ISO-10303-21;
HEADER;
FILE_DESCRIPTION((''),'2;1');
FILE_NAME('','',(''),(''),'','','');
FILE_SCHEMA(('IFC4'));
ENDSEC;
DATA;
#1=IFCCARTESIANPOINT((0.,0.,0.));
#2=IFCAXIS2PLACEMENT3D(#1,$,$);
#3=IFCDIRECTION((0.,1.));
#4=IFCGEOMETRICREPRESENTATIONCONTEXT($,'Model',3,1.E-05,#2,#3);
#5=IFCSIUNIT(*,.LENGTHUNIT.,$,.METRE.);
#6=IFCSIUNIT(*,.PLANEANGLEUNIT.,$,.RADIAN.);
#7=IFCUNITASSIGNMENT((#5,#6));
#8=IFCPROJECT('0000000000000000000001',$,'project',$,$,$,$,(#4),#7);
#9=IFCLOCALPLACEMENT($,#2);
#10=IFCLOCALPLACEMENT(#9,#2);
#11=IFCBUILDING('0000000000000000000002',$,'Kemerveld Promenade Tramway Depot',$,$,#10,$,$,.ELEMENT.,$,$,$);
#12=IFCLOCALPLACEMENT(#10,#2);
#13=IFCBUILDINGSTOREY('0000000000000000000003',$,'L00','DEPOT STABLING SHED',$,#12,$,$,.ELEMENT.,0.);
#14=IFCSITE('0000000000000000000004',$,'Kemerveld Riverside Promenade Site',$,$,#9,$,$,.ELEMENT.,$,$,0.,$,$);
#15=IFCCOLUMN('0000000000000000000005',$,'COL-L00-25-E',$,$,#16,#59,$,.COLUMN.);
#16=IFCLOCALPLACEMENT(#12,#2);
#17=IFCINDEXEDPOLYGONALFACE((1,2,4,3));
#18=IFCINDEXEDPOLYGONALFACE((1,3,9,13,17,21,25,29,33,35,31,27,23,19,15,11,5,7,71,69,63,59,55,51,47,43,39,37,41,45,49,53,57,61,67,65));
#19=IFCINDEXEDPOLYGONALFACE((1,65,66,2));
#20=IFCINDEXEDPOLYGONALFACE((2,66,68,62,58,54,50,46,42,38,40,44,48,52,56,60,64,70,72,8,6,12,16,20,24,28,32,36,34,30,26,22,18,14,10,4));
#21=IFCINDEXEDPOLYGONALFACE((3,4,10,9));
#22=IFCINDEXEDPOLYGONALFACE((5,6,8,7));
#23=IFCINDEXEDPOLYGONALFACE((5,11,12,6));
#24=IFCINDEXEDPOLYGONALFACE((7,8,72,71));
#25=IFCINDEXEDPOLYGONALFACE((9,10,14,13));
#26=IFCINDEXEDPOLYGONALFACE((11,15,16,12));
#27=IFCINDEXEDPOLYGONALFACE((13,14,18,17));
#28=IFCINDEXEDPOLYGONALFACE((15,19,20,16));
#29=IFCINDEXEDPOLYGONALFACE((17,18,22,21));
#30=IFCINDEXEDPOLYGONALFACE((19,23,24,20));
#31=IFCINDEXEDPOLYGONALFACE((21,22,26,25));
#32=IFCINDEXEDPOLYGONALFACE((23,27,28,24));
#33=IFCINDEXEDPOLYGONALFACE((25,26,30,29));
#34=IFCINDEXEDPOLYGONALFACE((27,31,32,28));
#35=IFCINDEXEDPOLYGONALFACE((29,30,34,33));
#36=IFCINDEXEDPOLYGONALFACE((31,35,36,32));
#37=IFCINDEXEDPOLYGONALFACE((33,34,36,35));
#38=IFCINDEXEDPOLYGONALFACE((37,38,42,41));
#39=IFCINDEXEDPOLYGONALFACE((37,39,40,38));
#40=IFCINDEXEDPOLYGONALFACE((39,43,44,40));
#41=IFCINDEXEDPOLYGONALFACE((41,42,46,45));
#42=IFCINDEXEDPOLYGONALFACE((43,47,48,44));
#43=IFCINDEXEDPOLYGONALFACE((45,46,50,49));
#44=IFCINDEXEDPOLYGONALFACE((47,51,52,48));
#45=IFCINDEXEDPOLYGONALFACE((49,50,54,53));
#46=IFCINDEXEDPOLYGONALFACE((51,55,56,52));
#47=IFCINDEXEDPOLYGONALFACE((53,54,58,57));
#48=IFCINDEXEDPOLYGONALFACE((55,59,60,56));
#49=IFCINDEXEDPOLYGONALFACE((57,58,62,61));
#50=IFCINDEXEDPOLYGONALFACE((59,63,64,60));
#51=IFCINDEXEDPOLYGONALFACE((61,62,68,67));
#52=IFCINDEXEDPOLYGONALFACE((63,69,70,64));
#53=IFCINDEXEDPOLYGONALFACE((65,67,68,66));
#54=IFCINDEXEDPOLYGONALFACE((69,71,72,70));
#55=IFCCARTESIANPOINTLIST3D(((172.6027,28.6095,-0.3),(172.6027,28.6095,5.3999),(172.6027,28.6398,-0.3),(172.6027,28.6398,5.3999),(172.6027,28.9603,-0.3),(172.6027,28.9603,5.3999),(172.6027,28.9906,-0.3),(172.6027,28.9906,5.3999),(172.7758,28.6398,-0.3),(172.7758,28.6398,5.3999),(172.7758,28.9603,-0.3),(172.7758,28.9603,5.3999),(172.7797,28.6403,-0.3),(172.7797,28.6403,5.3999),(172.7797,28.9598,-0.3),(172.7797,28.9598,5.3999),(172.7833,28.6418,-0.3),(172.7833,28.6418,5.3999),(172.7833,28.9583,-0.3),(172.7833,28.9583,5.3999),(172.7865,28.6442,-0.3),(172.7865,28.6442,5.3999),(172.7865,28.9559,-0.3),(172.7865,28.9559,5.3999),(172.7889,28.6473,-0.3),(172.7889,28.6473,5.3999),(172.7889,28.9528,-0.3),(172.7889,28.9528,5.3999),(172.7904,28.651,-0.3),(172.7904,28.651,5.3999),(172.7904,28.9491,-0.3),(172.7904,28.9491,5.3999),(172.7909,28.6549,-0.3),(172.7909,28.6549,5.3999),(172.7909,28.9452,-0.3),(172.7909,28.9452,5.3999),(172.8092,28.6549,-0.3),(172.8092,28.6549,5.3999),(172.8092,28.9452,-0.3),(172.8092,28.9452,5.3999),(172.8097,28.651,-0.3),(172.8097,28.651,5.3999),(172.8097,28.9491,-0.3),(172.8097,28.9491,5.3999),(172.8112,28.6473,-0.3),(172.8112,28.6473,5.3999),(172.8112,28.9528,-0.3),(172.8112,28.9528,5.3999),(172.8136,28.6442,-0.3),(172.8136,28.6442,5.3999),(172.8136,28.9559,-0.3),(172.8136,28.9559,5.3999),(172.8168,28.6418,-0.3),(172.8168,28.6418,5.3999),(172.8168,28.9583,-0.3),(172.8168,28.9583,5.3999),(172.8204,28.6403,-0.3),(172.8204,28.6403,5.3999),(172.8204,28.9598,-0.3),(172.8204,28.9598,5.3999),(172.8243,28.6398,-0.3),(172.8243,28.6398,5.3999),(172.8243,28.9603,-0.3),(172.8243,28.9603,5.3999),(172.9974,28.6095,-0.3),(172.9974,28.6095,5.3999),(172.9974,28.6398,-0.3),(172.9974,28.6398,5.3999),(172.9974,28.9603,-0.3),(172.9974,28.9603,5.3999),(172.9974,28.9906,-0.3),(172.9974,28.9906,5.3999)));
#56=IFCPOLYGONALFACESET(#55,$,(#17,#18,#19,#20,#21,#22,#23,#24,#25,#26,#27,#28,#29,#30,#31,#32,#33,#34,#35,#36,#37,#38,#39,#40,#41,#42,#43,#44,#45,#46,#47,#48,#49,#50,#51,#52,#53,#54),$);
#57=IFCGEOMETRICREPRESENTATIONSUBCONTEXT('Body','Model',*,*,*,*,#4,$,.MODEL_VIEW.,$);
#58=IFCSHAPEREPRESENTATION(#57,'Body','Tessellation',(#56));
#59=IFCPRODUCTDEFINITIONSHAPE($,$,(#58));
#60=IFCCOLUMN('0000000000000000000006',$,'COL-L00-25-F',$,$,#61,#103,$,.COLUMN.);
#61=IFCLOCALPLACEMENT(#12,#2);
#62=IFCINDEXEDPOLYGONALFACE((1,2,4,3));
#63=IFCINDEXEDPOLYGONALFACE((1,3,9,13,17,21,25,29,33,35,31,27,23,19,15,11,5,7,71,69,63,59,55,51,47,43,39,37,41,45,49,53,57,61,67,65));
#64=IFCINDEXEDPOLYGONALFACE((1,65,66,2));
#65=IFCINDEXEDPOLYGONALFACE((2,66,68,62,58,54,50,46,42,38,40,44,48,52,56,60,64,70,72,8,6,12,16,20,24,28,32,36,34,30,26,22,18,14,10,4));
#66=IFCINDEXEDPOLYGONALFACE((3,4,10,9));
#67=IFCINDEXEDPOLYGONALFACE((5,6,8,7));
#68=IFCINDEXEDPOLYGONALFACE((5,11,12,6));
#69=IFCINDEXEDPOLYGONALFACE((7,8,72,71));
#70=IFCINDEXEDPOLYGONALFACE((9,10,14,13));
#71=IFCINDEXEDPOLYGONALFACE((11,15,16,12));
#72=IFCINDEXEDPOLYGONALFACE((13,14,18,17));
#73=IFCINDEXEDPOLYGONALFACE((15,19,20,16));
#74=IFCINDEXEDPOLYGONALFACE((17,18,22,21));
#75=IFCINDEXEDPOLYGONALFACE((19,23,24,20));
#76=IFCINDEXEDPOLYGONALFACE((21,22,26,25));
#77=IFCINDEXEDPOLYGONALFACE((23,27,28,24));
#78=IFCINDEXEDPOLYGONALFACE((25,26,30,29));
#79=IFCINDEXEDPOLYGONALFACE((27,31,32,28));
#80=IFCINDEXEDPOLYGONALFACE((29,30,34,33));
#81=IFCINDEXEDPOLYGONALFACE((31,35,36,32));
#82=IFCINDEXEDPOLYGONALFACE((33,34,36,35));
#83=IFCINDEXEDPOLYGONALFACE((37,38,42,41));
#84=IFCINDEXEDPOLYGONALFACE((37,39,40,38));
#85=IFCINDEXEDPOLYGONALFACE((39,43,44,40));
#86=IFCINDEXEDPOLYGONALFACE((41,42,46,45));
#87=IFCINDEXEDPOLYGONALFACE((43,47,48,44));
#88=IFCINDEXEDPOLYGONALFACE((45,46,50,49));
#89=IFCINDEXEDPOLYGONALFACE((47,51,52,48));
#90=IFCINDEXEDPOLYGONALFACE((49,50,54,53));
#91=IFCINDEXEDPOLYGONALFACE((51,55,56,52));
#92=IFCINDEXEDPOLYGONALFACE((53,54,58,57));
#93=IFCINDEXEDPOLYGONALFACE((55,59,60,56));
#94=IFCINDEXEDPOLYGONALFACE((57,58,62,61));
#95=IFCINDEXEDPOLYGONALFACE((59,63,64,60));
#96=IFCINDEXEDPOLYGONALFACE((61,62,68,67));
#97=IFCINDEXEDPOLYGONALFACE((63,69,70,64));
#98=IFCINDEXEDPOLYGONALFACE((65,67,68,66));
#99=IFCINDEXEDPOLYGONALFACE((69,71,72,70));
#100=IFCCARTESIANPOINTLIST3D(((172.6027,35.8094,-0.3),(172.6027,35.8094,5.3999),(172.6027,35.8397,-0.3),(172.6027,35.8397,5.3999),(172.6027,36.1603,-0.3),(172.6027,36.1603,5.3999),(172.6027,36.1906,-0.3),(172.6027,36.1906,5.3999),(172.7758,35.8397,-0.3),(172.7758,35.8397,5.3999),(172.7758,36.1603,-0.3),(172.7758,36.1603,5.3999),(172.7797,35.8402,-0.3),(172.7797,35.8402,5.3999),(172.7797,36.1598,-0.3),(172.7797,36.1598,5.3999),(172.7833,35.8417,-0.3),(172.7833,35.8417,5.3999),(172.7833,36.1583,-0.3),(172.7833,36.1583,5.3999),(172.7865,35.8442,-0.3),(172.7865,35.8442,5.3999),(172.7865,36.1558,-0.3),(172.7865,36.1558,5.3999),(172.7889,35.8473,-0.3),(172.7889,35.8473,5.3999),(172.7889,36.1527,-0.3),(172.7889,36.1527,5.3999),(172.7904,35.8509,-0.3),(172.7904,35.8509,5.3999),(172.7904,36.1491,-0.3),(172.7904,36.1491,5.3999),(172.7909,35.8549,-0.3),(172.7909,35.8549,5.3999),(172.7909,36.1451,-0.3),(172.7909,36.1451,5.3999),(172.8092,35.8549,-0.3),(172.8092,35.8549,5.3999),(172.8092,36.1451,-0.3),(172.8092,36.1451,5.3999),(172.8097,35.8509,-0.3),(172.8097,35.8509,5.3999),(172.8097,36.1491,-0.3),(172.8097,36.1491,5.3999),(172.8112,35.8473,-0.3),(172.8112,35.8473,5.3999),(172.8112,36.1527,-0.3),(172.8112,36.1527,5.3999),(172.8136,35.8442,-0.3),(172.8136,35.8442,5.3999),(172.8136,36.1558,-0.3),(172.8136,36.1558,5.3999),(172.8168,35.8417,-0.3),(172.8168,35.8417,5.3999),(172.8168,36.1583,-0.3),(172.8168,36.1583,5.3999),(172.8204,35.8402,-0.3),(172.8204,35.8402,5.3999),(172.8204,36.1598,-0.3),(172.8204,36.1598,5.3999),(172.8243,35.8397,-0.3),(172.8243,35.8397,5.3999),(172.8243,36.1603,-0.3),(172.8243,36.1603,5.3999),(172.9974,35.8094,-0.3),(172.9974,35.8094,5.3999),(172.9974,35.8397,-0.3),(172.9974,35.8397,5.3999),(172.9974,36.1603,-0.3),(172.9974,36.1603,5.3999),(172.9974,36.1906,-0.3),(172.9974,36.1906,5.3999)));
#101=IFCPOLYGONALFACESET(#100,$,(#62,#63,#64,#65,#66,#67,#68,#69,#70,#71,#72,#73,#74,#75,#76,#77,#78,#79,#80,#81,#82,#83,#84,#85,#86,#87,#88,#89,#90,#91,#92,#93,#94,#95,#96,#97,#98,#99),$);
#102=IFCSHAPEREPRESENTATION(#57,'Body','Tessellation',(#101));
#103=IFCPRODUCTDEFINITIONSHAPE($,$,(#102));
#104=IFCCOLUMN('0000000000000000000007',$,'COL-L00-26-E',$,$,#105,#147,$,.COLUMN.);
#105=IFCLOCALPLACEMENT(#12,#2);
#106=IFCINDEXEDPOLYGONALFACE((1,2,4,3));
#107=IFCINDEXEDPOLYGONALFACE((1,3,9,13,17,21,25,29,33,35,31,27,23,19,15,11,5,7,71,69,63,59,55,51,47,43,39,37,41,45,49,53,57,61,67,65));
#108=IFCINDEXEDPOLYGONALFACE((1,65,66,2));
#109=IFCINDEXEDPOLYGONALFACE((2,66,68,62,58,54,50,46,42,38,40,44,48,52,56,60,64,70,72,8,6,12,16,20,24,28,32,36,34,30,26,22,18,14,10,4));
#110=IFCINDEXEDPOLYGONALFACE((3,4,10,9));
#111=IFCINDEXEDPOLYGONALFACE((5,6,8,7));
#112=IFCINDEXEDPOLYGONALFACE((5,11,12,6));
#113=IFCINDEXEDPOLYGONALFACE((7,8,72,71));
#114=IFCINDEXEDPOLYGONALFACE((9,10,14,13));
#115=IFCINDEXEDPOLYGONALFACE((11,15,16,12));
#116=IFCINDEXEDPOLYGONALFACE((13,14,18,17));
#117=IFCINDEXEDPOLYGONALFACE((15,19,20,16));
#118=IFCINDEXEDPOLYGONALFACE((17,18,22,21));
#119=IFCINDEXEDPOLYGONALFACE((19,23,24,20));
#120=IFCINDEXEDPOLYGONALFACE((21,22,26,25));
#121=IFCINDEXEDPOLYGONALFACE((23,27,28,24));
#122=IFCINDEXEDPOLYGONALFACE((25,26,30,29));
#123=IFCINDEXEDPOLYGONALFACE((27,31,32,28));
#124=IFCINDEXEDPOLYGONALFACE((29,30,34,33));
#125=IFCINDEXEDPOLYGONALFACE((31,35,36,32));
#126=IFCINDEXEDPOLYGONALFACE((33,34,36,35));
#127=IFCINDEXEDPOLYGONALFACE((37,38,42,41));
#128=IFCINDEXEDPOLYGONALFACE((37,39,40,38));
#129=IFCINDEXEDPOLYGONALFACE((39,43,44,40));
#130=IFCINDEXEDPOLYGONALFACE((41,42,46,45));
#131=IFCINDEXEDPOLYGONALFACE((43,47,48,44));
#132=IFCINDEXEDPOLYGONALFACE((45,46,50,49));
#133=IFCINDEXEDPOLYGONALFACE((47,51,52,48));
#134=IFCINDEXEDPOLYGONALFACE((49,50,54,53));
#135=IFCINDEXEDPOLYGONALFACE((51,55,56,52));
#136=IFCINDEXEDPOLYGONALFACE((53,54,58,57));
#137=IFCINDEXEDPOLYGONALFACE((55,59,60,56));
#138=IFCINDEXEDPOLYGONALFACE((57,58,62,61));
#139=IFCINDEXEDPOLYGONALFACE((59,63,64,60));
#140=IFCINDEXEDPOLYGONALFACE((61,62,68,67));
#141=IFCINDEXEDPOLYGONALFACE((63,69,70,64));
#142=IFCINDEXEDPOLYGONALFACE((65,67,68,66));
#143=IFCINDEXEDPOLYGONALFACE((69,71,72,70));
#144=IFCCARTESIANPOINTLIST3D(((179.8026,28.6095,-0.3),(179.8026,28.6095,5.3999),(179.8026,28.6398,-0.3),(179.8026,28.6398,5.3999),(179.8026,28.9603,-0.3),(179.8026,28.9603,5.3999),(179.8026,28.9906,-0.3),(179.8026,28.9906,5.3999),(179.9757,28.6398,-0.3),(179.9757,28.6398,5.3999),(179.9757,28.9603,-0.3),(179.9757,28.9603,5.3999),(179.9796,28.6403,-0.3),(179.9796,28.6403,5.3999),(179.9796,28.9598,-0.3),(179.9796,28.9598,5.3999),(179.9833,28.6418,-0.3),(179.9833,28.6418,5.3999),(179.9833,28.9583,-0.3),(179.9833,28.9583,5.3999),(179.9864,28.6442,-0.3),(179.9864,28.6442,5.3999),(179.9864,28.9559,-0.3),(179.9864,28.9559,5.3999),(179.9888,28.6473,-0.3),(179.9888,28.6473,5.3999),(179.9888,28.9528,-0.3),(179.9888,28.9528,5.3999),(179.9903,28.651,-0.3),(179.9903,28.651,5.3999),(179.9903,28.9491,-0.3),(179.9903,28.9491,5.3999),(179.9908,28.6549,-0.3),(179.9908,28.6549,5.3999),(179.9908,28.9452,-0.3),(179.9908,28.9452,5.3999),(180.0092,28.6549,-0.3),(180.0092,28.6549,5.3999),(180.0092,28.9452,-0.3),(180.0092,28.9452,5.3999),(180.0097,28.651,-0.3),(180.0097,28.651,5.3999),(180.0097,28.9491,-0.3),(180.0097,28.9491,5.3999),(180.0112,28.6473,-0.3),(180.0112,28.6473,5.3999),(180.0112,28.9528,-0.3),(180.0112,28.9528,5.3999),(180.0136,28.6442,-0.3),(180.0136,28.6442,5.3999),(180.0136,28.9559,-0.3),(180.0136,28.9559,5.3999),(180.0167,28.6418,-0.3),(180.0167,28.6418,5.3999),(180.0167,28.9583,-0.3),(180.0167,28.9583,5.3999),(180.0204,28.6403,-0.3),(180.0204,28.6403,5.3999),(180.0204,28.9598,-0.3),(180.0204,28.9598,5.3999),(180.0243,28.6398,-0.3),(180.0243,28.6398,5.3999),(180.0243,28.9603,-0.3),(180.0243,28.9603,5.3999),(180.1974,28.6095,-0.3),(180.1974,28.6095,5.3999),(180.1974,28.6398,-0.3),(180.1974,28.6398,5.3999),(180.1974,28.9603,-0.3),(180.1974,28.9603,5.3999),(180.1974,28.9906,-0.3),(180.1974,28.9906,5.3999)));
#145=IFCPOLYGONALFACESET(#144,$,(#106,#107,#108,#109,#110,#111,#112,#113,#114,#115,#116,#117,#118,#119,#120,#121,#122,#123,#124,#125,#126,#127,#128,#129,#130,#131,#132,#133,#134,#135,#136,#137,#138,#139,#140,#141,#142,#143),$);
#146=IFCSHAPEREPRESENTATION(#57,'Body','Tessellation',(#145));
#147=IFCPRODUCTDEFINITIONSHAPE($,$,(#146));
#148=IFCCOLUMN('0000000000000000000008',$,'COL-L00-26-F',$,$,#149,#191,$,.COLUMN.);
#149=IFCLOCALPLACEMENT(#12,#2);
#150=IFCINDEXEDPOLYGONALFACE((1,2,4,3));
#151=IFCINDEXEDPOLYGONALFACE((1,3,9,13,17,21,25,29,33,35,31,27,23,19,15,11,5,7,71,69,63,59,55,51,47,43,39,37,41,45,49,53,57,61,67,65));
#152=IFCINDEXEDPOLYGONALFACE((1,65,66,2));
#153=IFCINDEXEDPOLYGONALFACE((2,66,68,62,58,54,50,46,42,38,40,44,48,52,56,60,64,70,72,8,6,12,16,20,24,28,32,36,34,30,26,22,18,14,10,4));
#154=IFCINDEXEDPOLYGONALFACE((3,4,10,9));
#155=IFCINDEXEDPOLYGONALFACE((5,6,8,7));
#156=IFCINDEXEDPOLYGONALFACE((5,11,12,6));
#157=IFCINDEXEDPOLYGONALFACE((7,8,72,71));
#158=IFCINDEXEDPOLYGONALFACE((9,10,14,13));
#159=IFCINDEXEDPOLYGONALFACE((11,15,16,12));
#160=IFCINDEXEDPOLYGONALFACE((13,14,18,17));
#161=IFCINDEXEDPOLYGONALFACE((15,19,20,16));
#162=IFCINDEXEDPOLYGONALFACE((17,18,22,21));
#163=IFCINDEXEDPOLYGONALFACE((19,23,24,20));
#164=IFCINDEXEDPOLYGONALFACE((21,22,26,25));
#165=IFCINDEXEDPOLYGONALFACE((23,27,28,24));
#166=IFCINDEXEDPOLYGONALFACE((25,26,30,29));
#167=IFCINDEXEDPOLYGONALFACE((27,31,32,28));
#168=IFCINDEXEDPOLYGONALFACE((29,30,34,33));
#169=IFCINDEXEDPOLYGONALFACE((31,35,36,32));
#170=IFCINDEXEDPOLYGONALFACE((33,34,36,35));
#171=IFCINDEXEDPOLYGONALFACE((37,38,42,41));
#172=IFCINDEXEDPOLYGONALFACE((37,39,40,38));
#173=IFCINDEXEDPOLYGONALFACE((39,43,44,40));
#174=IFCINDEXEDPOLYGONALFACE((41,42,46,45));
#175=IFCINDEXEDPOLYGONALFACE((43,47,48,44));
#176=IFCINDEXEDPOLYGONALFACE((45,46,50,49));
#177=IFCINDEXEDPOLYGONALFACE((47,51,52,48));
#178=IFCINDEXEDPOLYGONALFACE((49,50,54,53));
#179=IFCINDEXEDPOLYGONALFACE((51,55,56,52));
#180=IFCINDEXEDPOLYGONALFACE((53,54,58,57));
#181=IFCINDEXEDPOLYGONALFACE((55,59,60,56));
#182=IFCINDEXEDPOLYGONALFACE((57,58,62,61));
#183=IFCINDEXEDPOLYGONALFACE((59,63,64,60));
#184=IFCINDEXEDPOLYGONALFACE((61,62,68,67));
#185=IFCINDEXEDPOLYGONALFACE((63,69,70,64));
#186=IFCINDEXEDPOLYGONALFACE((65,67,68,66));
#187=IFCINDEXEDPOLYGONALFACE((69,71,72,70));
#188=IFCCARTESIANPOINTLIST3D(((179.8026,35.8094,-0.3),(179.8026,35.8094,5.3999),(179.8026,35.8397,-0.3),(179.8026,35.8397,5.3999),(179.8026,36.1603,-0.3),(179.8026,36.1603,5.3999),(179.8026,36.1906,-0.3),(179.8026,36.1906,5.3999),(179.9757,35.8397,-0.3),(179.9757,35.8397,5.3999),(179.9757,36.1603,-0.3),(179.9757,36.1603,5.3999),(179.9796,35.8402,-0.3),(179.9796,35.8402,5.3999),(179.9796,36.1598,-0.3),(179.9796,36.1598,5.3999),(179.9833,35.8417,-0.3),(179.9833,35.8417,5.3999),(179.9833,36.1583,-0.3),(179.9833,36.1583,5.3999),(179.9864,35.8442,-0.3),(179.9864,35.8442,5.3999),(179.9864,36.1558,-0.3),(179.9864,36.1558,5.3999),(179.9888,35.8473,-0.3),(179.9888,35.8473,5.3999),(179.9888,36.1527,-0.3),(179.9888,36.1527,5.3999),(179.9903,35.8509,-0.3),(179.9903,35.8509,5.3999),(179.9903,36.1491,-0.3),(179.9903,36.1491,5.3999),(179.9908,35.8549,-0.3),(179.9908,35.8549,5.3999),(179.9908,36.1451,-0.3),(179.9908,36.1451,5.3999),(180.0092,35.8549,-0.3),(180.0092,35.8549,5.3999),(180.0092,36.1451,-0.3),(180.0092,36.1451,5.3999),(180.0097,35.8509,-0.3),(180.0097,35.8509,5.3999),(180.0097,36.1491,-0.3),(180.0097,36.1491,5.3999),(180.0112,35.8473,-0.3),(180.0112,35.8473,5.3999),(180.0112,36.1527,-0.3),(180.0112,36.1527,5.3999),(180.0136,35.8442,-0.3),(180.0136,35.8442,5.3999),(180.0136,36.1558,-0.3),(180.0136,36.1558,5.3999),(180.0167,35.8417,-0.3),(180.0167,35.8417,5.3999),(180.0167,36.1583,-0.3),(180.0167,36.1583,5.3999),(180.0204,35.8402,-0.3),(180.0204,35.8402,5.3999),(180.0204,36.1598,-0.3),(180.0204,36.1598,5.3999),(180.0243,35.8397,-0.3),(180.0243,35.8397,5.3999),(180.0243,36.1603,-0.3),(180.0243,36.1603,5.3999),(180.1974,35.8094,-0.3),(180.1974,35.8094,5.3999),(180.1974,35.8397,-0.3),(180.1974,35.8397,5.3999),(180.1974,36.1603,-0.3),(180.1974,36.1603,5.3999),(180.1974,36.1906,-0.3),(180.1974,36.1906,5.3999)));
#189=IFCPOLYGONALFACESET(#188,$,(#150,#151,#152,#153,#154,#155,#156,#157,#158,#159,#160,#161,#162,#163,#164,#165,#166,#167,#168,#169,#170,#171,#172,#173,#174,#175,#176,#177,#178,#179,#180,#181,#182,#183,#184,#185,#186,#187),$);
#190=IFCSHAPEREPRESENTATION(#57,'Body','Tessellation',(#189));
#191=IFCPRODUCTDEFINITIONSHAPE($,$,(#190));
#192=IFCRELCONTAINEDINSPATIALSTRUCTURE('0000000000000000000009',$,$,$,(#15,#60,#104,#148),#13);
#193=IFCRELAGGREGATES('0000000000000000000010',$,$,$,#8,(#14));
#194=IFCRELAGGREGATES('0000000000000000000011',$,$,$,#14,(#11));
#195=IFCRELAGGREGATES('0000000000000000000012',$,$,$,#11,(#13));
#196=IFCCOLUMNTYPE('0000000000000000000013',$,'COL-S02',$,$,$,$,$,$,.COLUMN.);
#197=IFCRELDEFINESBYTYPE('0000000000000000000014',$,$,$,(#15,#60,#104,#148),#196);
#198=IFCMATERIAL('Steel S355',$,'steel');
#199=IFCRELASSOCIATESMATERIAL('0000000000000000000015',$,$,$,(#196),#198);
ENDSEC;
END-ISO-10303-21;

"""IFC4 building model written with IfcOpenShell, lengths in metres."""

from ifc_helpers import new_model, si_unit, direction, frame, origin, origin_2d, place, context, subcontext, project, spatial, i_section, extrude, material, material_profile, profile_set, type_object, element, save


model = new_model("IFC4")

# Units and contexts
model_context = context("Model", 3, precision=1e-05, world=origin(), true_north=direction((0.0, 1.0)))
body_context = subcontext(model_context, "Body", "Model", "MODEL_VIEW")
ifc_project = project(units=[si_unit("LENGTHUNIT", "METRE"), si_unit("PLANEANGLEUNIT", "RADIAN")], contexts=[model_context])

# Site, building, storey
site_placement = place(None, origin())
site = spatial("IfcSite", under=ifc_project, at=site_placement, Name="Kemerveld Riverside Promenade Site", CompositionType="ELEMENT", RefElevation=0.0)
building_placement = place(site_placement, origin())
building = spatial("IfcBuilding", under=site, at=building_placement, Name="Kemerveld Promenade Tramway Depot", CompositionType="ELEMENT")
storey_placement = place(building_placement, origin())
storey = spatial("IfcBuildingStorey", under=building, at=storey_placement, Name="L00", Description="DEPOT STABLING SHED", CompositionType="ELEMENT", Elevation=0.0)

# Columns
ifc_material_1 = material(Name="Steel S355", Category="steel")
ifc_material_profile_1 = material_profile(ifc_material_1, i_section(OverallWidth=0.3948, OverallDepth=0.3811, WebThickness=0.0183, FlangeThickness=0.0303, FilletRadius=0.0151, at=origin_2d()), Name="356x406x235 UC")
ifc_profile_set_1 = profile_set([ifc_material_profile_1], Name="Steel S355")
column_type = type_object("IfcColumnType", Name="COL-S02", PredefinedType="COLUMN", material=ifc_profile_set_1)
for number, where, z_axis, x_axis, name in (
    (1, (172.8, 28.8, -0.3), (0.0, 0.0, 1.0), (1.0, 0.0, 0.0), "COL-L00-25-E"),
    (2, (172.8, 36.0, -0.3), (0.0, 0.0, 1.0), (1.0, 0.0, 0.0), "COL-L00-25-F"),
    (3, (180.0, 28.8, -0.3), (0.0, 0.0, 1.0), (1.0, 0.0, 0.0), "COL-L00-26-E"),
    (4, (180.0, 36.0, -0.3), (0.0, 0.0, 1.0), (1.0, 0.0, 0.0), "COL-L00-26-F"),
):
    element("IfcColumn", number, at=place(storey_placement, frame(where, z_axis=z_axis, x_axis=x_axis)), inside=storey, type_object=column_type, Name=name, PredefinedType="COLUMN", context=body_context, shape_type="SweptSolid", body=[
        extrude(i_section(OverallWidth=0.3948, OverallDepth=0.3811, WebThickness=0.0183, FlangeThickness=0.0303, FilletRadius=0.0151, at=origin_2d()), origin(), (0.0, 0.0, 1.0), 5.7),
    ])

save(model, "model.ifc")
